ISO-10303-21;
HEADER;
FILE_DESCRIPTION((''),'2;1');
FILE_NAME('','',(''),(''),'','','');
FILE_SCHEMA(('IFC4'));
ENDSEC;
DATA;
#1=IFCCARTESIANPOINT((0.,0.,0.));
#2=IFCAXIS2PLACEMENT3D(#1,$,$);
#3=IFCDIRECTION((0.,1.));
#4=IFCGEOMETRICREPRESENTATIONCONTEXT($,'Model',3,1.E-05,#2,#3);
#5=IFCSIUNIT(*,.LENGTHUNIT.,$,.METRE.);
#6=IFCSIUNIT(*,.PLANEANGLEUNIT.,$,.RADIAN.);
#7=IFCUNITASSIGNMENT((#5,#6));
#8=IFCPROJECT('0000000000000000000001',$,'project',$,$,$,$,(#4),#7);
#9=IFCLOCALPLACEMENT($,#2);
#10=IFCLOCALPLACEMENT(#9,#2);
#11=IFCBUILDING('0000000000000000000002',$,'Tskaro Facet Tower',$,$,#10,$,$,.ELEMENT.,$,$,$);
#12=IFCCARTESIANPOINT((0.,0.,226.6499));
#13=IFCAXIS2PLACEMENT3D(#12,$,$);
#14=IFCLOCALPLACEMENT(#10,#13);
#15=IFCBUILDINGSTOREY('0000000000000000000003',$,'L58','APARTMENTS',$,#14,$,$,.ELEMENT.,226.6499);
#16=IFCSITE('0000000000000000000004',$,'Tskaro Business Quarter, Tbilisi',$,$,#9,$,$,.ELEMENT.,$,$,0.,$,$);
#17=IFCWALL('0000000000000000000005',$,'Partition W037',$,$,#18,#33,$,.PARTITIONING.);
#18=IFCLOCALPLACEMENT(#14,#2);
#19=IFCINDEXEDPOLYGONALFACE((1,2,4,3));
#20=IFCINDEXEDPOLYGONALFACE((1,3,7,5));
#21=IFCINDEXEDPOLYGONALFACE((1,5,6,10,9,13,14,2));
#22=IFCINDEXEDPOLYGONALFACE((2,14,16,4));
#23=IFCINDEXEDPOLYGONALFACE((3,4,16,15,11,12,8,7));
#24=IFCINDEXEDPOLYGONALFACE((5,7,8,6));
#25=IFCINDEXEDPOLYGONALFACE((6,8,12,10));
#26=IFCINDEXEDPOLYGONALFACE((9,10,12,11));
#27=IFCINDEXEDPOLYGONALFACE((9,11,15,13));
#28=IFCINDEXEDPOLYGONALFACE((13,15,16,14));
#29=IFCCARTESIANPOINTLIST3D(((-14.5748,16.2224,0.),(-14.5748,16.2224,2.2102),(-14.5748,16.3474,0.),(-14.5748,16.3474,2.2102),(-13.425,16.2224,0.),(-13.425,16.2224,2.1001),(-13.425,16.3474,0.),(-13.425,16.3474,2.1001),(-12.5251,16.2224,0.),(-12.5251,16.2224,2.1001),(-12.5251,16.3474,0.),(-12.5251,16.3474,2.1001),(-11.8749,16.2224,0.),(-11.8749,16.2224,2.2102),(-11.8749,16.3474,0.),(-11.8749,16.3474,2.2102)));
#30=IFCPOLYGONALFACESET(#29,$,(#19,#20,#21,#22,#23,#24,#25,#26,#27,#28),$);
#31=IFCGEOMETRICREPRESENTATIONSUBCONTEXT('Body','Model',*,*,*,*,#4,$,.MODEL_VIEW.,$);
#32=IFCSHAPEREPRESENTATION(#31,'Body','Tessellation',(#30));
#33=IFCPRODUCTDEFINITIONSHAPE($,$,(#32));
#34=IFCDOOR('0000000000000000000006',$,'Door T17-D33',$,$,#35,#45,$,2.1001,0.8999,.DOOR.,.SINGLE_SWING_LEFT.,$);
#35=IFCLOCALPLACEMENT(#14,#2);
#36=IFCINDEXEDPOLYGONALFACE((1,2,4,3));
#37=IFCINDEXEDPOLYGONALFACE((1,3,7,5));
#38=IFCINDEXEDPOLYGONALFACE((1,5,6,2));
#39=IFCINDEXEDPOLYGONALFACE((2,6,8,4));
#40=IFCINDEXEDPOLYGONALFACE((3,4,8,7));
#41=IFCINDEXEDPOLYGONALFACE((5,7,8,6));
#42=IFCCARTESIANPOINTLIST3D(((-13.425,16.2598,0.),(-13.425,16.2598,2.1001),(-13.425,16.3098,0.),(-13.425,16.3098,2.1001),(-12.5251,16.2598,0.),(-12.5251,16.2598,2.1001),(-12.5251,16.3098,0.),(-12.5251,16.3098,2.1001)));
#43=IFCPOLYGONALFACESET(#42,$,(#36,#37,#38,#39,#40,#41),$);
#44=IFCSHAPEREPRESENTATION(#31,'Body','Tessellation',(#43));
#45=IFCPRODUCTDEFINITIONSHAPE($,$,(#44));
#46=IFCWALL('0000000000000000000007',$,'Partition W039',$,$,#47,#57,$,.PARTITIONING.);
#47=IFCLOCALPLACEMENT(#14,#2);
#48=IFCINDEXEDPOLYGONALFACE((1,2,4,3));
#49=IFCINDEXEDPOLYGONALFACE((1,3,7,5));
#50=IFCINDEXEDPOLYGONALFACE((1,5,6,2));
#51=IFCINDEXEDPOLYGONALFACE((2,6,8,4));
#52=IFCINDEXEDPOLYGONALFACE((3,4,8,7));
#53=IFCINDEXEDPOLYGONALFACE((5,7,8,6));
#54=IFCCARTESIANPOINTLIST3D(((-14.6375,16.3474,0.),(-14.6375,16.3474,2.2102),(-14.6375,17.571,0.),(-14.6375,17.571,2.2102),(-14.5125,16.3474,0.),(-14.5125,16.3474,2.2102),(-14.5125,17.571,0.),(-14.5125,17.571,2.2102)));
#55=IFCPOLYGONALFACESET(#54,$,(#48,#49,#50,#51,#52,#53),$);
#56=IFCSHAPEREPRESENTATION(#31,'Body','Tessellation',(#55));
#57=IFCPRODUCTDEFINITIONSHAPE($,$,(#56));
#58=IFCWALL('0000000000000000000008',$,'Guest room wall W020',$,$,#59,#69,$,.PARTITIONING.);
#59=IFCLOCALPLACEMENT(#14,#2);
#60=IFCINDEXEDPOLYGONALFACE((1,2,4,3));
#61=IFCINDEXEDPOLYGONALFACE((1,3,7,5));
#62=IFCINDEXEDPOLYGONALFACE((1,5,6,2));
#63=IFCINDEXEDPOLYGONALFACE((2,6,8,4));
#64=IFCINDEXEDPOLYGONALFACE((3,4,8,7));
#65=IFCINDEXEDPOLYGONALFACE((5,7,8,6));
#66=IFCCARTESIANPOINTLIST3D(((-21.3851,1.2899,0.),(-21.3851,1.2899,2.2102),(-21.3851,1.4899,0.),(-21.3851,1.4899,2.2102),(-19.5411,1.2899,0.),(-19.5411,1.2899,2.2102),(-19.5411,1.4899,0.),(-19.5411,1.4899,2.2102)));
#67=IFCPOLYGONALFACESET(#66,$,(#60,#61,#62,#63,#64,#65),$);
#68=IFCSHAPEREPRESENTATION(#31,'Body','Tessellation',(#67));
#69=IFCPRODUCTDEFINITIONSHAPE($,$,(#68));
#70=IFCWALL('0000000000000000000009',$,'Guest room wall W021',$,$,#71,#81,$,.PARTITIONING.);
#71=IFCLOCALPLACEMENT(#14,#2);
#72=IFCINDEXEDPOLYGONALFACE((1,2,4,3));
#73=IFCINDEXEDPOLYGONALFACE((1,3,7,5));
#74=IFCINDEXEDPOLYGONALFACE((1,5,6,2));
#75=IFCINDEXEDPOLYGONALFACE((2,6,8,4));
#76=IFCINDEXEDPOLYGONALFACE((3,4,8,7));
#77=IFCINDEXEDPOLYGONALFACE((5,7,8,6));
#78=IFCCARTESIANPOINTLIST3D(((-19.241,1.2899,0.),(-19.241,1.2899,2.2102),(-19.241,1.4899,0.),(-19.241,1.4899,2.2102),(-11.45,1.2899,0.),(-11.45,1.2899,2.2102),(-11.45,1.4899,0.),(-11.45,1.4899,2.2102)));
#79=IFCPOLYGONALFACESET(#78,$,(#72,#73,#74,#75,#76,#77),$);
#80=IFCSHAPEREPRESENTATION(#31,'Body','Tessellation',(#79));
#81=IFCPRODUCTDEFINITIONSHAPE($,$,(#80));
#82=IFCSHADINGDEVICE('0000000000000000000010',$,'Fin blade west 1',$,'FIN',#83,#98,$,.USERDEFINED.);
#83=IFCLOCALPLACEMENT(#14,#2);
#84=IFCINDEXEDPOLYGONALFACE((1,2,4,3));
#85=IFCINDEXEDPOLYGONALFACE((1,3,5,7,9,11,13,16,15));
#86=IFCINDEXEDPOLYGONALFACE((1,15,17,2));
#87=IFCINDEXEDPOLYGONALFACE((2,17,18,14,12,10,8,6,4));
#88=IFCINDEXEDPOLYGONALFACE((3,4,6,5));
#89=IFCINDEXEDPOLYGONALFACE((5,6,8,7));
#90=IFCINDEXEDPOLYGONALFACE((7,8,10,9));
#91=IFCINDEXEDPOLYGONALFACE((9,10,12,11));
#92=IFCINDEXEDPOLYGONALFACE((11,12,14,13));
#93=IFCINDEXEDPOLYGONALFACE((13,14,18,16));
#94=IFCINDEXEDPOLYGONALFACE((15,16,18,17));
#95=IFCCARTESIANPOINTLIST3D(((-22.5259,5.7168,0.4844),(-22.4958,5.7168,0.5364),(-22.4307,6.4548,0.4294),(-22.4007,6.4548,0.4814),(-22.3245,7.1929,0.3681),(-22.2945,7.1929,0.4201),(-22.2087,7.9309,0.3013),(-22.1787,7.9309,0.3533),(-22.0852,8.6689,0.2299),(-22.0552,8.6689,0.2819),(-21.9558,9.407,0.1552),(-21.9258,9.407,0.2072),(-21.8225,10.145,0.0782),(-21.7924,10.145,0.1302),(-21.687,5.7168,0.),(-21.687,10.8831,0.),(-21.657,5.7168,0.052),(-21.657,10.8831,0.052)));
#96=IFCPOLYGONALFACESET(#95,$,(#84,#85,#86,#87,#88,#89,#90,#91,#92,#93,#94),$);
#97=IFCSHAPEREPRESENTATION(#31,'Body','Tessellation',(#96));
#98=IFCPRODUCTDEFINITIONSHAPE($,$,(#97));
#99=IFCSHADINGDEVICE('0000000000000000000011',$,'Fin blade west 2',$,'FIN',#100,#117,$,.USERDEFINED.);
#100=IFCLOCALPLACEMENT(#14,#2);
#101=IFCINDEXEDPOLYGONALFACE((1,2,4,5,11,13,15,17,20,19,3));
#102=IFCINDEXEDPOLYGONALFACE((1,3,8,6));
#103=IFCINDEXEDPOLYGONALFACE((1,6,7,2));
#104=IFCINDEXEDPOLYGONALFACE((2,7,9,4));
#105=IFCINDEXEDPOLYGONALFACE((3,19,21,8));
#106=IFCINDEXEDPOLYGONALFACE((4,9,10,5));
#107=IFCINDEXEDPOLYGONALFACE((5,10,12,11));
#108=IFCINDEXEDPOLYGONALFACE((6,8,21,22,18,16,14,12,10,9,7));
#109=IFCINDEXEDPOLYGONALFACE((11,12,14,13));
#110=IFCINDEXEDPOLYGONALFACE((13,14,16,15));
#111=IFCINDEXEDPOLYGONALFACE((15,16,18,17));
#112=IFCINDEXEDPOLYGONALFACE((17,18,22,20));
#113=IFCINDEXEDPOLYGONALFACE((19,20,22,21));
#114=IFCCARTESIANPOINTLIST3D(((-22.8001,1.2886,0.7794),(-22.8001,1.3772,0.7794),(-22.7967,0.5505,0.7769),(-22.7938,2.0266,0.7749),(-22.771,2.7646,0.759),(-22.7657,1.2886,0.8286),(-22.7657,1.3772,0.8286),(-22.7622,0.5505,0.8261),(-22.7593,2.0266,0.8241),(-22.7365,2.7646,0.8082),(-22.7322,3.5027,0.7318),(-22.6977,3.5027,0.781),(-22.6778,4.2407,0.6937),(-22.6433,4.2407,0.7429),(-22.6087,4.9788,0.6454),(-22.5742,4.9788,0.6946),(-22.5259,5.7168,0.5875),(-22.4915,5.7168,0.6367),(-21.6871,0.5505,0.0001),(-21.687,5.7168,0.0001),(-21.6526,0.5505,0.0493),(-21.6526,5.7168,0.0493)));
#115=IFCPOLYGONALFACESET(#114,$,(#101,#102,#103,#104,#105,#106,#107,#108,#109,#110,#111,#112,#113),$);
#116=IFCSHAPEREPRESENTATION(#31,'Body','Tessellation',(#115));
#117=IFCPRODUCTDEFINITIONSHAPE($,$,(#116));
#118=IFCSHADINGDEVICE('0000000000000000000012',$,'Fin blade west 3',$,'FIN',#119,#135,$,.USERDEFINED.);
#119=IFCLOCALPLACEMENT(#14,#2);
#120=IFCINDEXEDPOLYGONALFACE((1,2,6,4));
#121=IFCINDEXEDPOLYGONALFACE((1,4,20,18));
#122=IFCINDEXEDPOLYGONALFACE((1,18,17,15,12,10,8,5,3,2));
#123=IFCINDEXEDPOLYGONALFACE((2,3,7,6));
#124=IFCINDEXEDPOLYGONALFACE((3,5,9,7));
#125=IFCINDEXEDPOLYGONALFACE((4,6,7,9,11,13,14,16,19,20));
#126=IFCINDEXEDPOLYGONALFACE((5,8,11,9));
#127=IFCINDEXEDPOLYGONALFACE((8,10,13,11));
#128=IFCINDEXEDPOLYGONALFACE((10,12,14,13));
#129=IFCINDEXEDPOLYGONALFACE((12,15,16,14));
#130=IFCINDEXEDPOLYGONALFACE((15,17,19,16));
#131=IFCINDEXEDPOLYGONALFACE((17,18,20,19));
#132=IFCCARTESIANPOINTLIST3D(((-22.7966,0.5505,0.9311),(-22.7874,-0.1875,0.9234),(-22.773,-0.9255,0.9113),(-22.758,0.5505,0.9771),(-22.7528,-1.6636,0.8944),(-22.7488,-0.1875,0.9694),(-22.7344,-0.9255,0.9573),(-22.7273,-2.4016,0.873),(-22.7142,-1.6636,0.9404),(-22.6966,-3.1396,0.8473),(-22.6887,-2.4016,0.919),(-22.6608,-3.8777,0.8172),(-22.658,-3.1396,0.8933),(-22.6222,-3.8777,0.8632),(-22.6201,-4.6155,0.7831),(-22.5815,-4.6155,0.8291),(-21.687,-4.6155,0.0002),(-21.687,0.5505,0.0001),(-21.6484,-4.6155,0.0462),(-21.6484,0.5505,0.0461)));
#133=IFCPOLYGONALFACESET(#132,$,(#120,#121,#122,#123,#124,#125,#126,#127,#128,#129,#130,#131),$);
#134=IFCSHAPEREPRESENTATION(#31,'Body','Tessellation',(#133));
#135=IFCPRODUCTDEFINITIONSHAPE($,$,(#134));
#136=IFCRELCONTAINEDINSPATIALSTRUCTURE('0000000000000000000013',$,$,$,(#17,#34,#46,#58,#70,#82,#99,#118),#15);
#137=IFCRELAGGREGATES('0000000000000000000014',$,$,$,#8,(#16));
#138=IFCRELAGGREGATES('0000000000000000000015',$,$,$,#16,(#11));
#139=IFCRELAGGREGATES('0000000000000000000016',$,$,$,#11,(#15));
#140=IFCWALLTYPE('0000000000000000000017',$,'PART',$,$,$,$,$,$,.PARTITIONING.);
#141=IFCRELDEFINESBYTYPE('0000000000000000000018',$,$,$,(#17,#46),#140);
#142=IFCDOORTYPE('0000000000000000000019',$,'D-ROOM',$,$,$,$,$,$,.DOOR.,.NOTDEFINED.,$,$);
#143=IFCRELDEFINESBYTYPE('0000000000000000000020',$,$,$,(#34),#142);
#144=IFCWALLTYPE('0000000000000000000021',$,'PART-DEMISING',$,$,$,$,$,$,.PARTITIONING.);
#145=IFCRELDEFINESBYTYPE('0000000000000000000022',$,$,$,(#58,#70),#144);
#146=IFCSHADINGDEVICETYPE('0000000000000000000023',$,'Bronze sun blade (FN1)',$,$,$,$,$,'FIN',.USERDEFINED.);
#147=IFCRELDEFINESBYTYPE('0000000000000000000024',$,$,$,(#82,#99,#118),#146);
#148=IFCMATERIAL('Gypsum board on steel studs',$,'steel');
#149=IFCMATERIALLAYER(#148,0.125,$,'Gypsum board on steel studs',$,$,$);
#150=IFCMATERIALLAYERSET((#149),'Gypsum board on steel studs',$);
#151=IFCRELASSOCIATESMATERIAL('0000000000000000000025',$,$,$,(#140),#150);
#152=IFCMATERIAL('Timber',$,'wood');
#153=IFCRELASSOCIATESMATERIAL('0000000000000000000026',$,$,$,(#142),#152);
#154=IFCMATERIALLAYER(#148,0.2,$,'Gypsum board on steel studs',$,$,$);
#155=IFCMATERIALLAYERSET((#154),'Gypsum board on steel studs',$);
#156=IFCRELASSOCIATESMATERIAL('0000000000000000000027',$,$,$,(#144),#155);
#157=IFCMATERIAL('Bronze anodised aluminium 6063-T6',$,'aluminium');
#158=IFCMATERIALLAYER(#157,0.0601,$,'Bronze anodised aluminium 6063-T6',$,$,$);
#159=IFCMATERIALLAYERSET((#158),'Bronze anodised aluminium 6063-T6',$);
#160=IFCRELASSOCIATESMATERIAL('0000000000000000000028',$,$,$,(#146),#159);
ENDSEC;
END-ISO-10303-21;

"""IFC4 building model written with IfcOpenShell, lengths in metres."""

from ifc_helpers import new_model, si_unit, direction, frame, frame_2d, origin, place, context, subcontext, project, spatial, polyline, rectangle, outline, extrude, material, layer, layer_set, type_object, element, fill, save


model = new_model("IFC4")

# Units and contexts
model_context = context("Model", 3, precision=1e-05, world=origin(), true_north=direction((0.0, 1.0)))
body_context = subcontext(model_context, "Body", "Model", "MODEL_VIEW")
ifc_project = project(units=[si_unit("LENGTHUNIT", "METRE"), si_unit("PLANEANGLEUNIT", "RADIAN")], contexts=[model_context])

# Site, building, storey
site_placement = place(None, origin())
site = spatial("IfcSite", under=ifc_project, at=site_placement, Name="Tskaro Business Quarter, Tbilisi", CompositionType="ELEMENT", RefElevation=0.0)
building_placement = place(site_placement, origin())
building = spatial("IfcBuilding", under=site, at=building_placement, Name="Tskaro Facet Tower", CompositionType="ELEMENT")
storey_placement = place(building_placement, frame((0.0, 0.0, 226.6499)))
storey = spatial("IfcBuildingStorey", under=building, at=storey_placement, Name="L58", Description="APARTMENTS", CompositionType="ELEMENT", Elevation=226.6499)

# Shared definitions
ifc_material_1 = material(Name="Bronze anodised aluminium 6063-T6", Category="aluminium")

# Shared definitions
ifc_material_2 = material(Name="Gypsum board on steel studs", Category="steel")
ifc_layer_1 = layer(ifc_material_2, 0.125, Name="Gypsum board on steel studs")
ifc_layer_set_1 = layer_set([ifc_layer_1], Name="Gypsum board on steel studs")
wall_type_1 = type_object("IfcWallType", Name="PART", PredefinedType="PARTITIONING", material=ifc_layer_set_1)

# Shared definitions
ifc_material_3 = material(Name="Timber", Category="wood")
door_type = type_object("IfcDoorType", Name="D-ROOM", OperationType="NOTDEFINED", PredefinedType="DOOR", material=ifc_material_3)

# Wall, opening, door
wall_1_placement = place(storey_placement, frame((-14.575, 16.2849, 0.0), z_axis=(0.0, 0.0, 1.0), x_axis=(1.0, 0.0, 0.0)))
wall_1 = element("IfcWall", 1, at=wall_1_placement, inside=storey, type_object=wall_type_1, Name="Partition W037", PredefinedType="PARTITIONING", context=body_context, shape_type="SweptSolid", body=[
    extrude(rectangle(XDim=2.7, YDim=0.125, at=frame_2d((1.3501, 0.0))), origin(), (0.0, 0.0, 1.0), 2.2102),
])
opening_1_placement = place(wall_1_placement, frame((1.1499, 0.0, 0.0)))
opening_1 = element("IfcOpeningElement", 2, at=opening_1_placement, cuts=wall_1, PredefinedType="OPENING", context=body_context, shape_type="SweptSolid", body=[
    extrude(rectangle(XDim=0.8999, YDim=2.1001, at=frame_2d((0.45, 1.05))), frame((0.0, 0.0725, 0.0), z_axis=(0.0, -1.0, 0.0), x_axis=(1.0, 0.0, 0.0)), (0.0, 0.0, 1.0), 0.145),
])
door_1_placement = place(opening_1_placement, origin())
door_1 = element("IfcDoor", 3, at=door_1_placement, inside=storey, type_object=door_type, Name="Door T17-D33", OperationType="SINGLE_SWING_LEFT", OverallHeight=2.1001, OverallWidth=0.8999, PredefinedType="DOOR", context=body_context, shape_type="SweptSolid", body=[
    extrude(rectangle(XDim=0.8999, YDim=2.1001, at=frame_2d((0.45, 1.05))), frame((0.0, 0.0249, 0.0), z_axis=(0.0, -1.0, 0.0), x_axis=(1.0, 0.0, 0.0)), (0.0, 0.0, 1.0), 0.05),
])
fill(opening_1, door_1)

# Walls
wall_2_placement = place(storey_placement, frame((-14.575, 16.3474, 0.0), z_axis=(0.0, 0.0, 1.0), x_axis=(0.0, 1.0, 0.0)))
element("IfcWall", 4, at=wall_2_placement, inside=storey, type_object=wall_type_1, Name="Partition W039", PredefinedType="PARTITIONING", context=body_context, shape_type="SweptSolid", body=[
    extrude(rectangle(XDim=1.2236, YDim=0.125, at=frame_2d((0.6118, 0.0))), origin(), (0.0, 0.0, 1.0), 2.2102),
])
ifc_layer_2 = layer(ifc_material_2, 0.2, Name="Gypsum board on steel studs")
ifc_layer_set_2 = layer_set([ifc_layer_2], Name="Gypsum board on steel studs")
wall_type_2 = type_object("IfcWallType", Name="PART-DEMISING", PredefinedType="PARTITIONING", material=ifc_layer_set_2)
wall_3_placement = place(storey_placement, frame((-21.385, 1.3899, 0.0), z_axis=(0.0, 0.0, 1.0), x_axis=(1.0, 0.0, 0.0)))
element("IfcWall", 5, at=wall_3_placement, inside=storey, type_object=wall_type_2, Name="Guest room wall W020", PredefinedType="PARTITIONING", context=body_context, shape_type="SweptSolid", body=[
    extrude(rectangle(XDim=1.844, YDim=0.2, at=frame_2d((0.9219, 0.0))), origin(), (0.0, 0.0, 1.0), 2.2102),
])
wall_4_placement = place(storey_placement, frame((-19.241, 1.3899, 0.0), z_axis=(0.0, 0.0, 1.0), x_axis=(1.0, 0.0, 0.0)))
element("IfcWall", 6, at=wall_4_placement, inside=storey, type_object=wall_type_2, Name="Guest room wall W021", PredefinedType="PARTITIONING", context=body_context, shape_type="SweptSolid", body=[
    extrude(rectangle(XDim=7.791, YDim=0.2, at=frame_2d((3.8955, 0.0))), origin(), (0.0, 0.0, 1.0), 2.2102),
])

# Shading devices
ifc_layer_3 = layer(ifc_material_1, 0.0601, Name="Bronze anodised aluminium 6063-T6")
ifc_layer_set_3 = layer_set([ifc_layer_3], Name="Bronze anodised aluminium 6063-T6")
shading_device_type = type_object("IfcShadingDeviceType", Name="Bronze sun blade (FN1)", ElementType="FIN", PredefinedType="USERDEFINED", material=ifc_layer_set_3)
shading_device_1_placement = place(storey_placement, frame((-21.657, 10.8831, 0.052), z_axis=(0.500076, -0.000006, 0.865982), x_axis=(-0.000003, -1.0, -0.000006)))
element("IfcShadingDevice", 7, at=shading_device_1_placement, inside=storey, type_object=shading_device_type, Name="Fin blade west 1", ObjectType="FIN", PredefinedType="USERDEFINED", context=body_context, shape_type="SweptSolid", body=[
    extrude(outline(polyline([(0.0, 0.0), (5.1663, 0.0), (5.1663, -0.9687), (4.4282, -0.8587), (3.6902, -0.7361), (2.9521, -0.6025), (2.2141, -0.4598), (1.4761, -0.3104), (0.738, -0.1564), (0.0, 0.0)])), origin(), (0.0, 0.0, -1.0), 0.0601),
])
shading_device_2_placement = place(storey_placement, frame((-21.6526, 5.7168, 0.0493), z_axis=(0.573526, -0.000007, 0.819187), x_axis=(-0.000004, -1.0, -0.000006)))
element("IfcShadingDevice", 8, at=shading_device_2_placement, inside=storey, type_object=shading_device_type, Name="Fin blade west 2", ObjectType="FIN", PredefinedType="USERDEFINED", context=body_context, shape_type="SweptSolid", body=[
    extrude(outline(polyline([(0.0, 0.0), (5.1663, 0.0), (5.1663, -1.3545), (4.4282, -1.3587), (4.3396, -1.3587), (3.6902, -1.351), (2.9521, -1.3232), (2.2141, -1.2758), (1.4761, -1.2094), (0.738, -1.1251), (0.0, -1.0241), (0.0, 0.0)])), origin(), (0.0, 0.0, -1.0), 0.0601),
])
shading_device_3_placement = place(storey_placement, frame((-21.6484, 0.5505, 0.0461), z_axis=(0.642766, 0.000011, 0.766062), x_axis=(0.000007, -1.0, 0.000009)))
element("IfcShadingDevice", 9, at=shading_device_3_placement, inside=storey, type_object=shading_device_type, Name="Fin blade west 3", ObjectType="FIN", PredefinedType="USERDEFINED", context=body_context, shape_type="SweptSolid", body=[
    extrude(outline(polyline([(0.0, 0.0), (5.166, 0.0), (5.166, -1.2181), (4.4282, -1.2711), (3.6902, -1.3179), (2.9521, -1.3579), (2.2141, -1.3912), (1.4761, -1.4175), (0.738, -1.4364), (0.0, -1.4484), (0.0, 0.0)])), origin(), (0.0, 0.0, -1.0), 0.0601),
])

save(model, "model.ifc")
